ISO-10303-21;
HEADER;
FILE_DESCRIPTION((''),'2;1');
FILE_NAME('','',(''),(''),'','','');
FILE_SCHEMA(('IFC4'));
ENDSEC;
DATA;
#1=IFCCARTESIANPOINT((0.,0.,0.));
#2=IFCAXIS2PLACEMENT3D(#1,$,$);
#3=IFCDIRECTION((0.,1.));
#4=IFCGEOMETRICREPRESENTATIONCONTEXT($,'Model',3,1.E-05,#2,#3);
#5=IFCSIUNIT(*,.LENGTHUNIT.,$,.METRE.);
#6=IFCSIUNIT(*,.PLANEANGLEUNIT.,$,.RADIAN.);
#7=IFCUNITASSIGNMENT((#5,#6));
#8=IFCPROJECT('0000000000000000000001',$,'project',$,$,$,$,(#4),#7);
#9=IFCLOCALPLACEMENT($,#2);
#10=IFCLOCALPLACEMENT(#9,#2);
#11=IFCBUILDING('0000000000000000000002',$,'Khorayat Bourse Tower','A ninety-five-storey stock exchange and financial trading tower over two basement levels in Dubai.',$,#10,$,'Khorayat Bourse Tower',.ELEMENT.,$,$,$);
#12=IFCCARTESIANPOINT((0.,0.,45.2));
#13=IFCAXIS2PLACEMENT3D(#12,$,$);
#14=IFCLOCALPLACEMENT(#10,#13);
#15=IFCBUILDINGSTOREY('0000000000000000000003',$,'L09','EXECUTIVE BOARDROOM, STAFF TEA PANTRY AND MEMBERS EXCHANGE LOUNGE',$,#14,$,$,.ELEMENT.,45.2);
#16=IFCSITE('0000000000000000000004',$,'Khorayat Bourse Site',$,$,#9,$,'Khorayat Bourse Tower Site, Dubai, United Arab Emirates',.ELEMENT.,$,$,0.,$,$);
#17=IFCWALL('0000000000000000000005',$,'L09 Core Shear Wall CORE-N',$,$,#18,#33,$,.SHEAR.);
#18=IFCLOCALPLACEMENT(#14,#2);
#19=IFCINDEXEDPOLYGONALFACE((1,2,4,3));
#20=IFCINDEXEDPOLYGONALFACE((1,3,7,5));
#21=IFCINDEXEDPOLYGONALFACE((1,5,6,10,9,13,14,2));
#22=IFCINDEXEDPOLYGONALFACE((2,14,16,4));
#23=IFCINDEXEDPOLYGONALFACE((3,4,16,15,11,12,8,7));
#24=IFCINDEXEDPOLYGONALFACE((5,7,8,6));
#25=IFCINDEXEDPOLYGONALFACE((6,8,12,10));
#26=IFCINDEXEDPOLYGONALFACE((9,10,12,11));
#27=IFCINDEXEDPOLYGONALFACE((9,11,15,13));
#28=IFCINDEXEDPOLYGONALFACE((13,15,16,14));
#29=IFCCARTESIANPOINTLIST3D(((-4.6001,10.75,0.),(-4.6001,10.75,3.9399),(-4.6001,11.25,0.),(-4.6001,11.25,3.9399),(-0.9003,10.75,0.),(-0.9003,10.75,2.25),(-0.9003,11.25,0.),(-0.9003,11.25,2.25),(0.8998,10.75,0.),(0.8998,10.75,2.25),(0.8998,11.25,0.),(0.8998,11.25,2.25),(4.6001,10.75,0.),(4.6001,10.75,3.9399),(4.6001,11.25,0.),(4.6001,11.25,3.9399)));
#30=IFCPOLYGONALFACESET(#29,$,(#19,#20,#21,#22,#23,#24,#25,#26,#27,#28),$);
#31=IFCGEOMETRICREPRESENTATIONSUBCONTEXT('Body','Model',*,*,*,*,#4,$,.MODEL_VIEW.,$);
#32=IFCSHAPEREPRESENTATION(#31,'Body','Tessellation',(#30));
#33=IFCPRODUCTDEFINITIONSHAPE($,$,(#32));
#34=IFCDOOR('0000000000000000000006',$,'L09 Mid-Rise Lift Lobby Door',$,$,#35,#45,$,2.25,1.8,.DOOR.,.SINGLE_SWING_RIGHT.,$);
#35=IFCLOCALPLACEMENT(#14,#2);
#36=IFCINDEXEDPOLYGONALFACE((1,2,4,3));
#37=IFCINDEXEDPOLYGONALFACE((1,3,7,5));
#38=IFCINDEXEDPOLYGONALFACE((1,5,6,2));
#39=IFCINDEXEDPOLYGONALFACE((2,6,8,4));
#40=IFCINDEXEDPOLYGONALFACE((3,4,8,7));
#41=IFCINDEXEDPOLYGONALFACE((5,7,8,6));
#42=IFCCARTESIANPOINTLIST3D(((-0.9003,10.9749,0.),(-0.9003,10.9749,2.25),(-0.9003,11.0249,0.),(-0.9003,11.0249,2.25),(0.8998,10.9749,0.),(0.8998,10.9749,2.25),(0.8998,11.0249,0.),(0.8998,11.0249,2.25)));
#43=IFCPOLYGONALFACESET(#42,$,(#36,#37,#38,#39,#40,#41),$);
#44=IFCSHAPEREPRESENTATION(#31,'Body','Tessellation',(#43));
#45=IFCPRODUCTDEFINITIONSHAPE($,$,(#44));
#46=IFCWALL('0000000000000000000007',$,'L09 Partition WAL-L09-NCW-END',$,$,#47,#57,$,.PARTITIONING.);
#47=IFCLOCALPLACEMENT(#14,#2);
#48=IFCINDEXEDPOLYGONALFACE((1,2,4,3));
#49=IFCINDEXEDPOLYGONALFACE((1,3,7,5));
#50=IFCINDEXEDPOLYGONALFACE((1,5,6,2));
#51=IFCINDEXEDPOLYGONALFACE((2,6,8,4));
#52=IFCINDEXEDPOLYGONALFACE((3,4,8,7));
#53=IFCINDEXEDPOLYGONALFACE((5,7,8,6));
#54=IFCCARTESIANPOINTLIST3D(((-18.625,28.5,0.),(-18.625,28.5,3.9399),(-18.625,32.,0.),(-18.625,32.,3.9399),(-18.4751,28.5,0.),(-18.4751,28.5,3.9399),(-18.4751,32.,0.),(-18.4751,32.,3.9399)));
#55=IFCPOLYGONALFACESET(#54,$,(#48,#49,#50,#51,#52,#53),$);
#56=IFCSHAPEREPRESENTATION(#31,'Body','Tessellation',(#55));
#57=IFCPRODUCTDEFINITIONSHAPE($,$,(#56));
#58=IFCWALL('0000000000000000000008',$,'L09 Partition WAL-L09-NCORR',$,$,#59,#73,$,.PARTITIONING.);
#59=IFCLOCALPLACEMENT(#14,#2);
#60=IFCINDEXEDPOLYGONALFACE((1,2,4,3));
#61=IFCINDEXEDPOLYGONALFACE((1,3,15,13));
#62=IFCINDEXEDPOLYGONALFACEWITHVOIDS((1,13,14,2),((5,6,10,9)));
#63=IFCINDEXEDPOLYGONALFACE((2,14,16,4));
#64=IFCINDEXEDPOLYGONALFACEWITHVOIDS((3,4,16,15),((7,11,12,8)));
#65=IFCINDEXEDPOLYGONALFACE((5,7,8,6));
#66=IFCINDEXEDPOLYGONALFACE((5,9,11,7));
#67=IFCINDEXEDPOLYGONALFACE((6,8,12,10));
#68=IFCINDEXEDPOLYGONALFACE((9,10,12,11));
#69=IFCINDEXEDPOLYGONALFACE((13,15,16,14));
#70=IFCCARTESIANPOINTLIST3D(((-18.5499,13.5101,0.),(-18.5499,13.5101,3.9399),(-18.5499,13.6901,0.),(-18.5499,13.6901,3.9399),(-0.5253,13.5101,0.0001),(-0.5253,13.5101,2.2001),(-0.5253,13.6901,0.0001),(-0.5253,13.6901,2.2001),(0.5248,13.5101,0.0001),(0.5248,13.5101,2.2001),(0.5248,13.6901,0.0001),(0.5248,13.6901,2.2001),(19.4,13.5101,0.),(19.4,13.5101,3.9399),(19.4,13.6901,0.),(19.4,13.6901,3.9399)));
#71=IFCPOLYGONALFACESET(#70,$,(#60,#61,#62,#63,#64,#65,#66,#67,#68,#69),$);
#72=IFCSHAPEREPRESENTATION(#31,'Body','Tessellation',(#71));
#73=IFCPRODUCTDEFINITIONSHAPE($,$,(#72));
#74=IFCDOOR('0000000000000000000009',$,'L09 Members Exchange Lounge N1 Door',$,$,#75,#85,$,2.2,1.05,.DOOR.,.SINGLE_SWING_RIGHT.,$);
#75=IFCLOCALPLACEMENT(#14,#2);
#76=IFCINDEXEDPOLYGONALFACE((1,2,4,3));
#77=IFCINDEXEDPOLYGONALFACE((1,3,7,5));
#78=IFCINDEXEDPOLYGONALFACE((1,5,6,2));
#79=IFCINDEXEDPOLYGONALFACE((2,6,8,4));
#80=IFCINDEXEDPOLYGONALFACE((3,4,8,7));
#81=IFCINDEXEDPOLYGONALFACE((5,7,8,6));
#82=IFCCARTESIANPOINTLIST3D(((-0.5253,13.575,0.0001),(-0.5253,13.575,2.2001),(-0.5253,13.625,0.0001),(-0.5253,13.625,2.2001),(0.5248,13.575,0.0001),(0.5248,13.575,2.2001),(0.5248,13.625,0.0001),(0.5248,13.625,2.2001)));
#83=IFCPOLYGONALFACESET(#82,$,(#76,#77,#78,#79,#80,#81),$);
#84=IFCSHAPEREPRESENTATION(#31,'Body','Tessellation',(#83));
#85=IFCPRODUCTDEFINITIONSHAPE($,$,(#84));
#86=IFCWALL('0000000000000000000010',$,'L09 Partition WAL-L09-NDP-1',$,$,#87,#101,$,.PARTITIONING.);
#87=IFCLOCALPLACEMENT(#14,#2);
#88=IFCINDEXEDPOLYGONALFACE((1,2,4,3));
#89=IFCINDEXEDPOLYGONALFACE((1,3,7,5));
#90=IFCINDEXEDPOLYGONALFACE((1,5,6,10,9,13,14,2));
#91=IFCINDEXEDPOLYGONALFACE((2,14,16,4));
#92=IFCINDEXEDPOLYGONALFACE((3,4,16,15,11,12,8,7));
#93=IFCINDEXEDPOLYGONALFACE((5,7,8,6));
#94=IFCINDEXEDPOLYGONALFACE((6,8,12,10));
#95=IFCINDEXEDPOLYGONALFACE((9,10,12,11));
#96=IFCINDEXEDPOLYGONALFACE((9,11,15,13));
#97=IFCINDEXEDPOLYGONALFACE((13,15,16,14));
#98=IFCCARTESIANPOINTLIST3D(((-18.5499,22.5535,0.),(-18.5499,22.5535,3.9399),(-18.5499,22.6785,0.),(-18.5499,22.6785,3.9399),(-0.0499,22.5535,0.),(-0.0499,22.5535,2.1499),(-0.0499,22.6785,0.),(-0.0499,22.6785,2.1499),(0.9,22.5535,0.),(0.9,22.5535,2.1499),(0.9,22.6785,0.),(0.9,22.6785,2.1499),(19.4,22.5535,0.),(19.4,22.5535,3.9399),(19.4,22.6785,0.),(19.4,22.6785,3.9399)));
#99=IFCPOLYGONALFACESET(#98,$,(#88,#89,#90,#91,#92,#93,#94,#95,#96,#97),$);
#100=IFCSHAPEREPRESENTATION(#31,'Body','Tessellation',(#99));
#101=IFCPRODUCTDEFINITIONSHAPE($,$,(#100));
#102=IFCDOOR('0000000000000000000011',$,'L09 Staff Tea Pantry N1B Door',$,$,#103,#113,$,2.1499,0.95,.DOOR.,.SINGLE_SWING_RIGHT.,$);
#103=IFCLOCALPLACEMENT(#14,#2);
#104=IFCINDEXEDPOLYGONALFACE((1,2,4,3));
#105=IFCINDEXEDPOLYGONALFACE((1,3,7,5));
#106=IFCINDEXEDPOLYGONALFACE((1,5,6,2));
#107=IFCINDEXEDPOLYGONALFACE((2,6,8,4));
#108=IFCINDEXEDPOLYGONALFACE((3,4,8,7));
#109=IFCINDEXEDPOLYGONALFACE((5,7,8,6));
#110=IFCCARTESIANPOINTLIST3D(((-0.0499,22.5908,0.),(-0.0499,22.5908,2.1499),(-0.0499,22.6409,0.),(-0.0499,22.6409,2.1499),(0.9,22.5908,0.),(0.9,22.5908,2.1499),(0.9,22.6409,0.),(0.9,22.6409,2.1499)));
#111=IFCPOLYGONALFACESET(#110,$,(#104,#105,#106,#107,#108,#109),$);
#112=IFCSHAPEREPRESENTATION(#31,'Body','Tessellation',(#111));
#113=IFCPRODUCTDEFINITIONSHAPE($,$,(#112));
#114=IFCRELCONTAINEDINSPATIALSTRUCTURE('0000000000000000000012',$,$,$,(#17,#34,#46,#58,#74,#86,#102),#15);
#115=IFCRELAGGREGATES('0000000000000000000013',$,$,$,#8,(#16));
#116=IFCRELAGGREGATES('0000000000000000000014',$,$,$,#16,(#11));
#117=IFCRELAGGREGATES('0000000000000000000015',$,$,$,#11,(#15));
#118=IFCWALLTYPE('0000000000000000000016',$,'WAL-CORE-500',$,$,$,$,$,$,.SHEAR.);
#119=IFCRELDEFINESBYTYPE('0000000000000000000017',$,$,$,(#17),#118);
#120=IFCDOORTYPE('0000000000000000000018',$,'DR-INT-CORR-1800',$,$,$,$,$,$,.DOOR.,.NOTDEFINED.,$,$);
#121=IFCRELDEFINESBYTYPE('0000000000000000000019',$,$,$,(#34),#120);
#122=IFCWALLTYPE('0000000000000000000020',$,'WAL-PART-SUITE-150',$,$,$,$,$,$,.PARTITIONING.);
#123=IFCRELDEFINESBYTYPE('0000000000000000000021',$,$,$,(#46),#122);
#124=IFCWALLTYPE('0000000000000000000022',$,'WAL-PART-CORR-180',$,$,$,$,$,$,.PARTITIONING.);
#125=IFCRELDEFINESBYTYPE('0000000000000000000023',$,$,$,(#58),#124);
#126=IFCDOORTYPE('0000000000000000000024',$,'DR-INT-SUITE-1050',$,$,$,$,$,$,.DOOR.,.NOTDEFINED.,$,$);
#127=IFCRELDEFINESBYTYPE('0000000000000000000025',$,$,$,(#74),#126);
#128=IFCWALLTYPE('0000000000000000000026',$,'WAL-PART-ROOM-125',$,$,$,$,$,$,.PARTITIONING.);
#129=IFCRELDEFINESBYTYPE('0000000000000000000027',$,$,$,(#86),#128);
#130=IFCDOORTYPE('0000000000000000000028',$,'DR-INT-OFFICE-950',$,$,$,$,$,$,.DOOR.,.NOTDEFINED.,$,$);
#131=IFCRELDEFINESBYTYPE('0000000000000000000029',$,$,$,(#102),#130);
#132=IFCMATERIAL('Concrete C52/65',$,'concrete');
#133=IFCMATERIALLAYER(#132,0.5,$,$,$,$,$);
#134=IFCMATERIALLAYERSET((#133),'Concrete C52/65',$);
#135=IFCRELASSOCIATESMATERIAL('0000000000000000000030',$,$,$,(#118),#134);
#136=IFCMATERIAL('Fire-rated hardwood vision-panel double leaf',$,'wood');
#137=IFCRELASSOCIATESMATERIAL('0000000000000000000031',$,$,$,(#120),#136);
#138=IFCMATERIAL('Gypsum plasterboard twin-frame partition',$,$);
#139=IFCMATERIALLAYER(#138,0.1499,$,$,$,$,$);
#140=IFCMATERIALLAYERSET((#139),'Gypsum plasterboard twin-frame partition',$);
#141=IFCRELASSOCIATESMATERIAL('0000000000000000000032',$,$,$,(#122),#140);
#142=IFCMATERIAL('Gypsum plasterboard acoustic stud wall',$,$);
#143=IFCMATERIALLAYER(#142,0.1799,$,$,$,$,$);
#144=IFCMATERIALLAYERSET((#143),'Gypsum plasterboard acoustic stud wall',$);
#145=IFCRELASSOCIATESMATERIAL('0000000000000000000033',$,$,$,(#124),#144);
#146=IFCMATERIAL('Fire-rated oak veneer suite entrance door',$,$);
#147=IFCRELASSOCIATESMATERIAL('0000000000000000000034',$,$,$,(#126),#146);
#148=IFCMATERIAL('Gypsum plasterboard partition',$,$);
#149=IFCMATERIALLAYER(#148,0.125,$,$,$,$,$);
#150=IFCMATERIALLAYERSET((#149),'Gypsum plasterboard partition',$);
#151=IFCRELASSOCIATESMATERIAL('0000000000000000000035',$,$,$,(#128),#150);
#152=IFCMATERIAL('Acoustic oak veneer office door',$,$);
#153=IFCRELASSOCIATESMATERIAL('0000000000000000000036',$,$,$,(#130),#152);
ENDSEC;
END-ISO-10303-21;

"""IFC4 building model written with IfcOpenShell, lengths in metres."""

from ifc_helpers import new_model, si_unit, direction, frame, frame_2d, origin, place, context, subcontext, project, spatial, rectangle, extrude, source, transform, mapped, material, layer, layer_set, type_object, element, fill, save


model = new_model("IFC4")

# Units and contexts
model_context = context("Model", 3, precision=1e-05, world=origin(), true_north=direction((0.0, 1.0)))
body_context = subcontext(model_context, "Body", "Model", "MODEL_VIEW")
ifc_project = project(units=[si_unit("LENGTHUNIT", "METRE"), si_unit("PLANEANGLEUNIT", "RADIAN")], contexts=[model_context])

# Site, building, storey
site_placement = place(None, origin())
site = spatial("IfcSite", under=ifc_project, at=site_placement, Name="Khorayat Bourse Site", LongName="Khorayat Bourse Tower Site, Dubai, United Arab Emirates", CompositionType="ELEMENT", RefElevation=0.0)
building_placement = place(site_placement, origin())
building = spatial("IfcBuilding", under=site, at=building_placement, Name="Khorayat Bourse Tower", Description="A ninety-five-storey stock exchange and financial trading tower over two basement levels in Dubai.", LongName="Khorayat Bourse Tower", CompositionType="ELEMENT")
storey_placement = place(building_placement, frame((0.0, 0.0, 45.2)))
storey = spatial("IfcBuildingStorey", under=building, at=storey_placement, Name="L09", Description="EXECUTIVE BOARDROOM, STAFF TEA PANTRY AND MEMBERS EXCHANGE LOUNGE", CompositionType="ELEMENT", Elevation=45.2)

# Wall, opening, door
ifc_material_1 = material(Name="Concrete C52/65", Category="concrete")
ifc_layer_1 = layer(ifc_material_1, 0.5)
ifc_layer_set_1 = layer_set([ifc_layer_1], Name="Concrete C52/65")
wall_type_1 = type_object("IfcWallType", Name="WAL-CORE-500", PredefinedType="SHEAR", material=ifc_layer_set_1)
shared_shape_1 = source(origin(), body_context, "Body", "SweptSolid", [
    extrude(rectangle(XDim=9.2002, YDim=0.5, at=frame_2d((4.6001, 0.0))), origin(), (0.0, 0.0, 1.0), 3.9399),
])
wall_1_placement = place(storey_placement, frame((-4.6001, 11.0, 0.0), z_axis=(0.0, 0.0, 1.0), x_axis=(1.0, 0.0, 0.0)))
wall_1 = element("IfcWall", 1, at=wall_1_placement, inside=storey, type_object=wall_type_1, Name="L09 Core Shear Wall CORE-N", PredefinedType="SHEAR", context=body_context, shape_type="MappedRepresentation", body=[
    mapped(shared_shape_1, transform((0.0, 0.0, 0.0), scale=1.0)),
])
shared_shape_2 = source(origin(), body_context, "Body", "SweptSolid", [
    extrude(rectangle(XDim=1.8, YDim=2.25, at=frame_2d((0.8999, 1.125))), frame((0.0, 0.26, 0.0), z_axis=(0.0, -1.0, 0.0), x_axis=(1.0, 0.0, 0.0)), (0.0, 0.0, 1.0), 0.52),
])
opening_1_placement = place(wall_1_placement, frame((3.7, 0.0, 0.0)))
opening_1 = element("IfcOpeningElement", 2, at=opening_1_placement, cuts=wall_1, PredefinedType="OPENING", context=body_context, shape_type="MappedRepresentation", body=[
    mapped(shared_shape_2, transform((0.0, 0.0, 0.0), scale=1.0)),
])
ifc_material_2 = material(Name="Fire-rated hardwood vision-panel double leaf", Category="wood")
door_type_1 = type_object("IfcDoorType", Name="DR-INT-CORR-1800", OperationType="NOTDEFINED", PredefinedType="DOOR", material=ifc_material_2)
shared_shape_3 = source(origin(), body_context, "Body", "SweptSolid", [
    extrude(rectangle(XDim=1.8, YDim=2.25, at=frame_2d((0.8999, 1.125))), frame((0.0, 0.0249, 0.0), z_axis=(0.0, -1.0, 0.0), x_axis=(1.0, 0.0, 0.0)), (0.0, 0.0, 1.0), 0.05),
])
door_1_placement = place(opening_1_placement, origin())
door_1 = element("IfcDoor", 3, at=door_1_placement, inside=storey, type_object=door_type_1, Name="L09 Mid-Rise Lift Lobby Door", OperationType="SINGLE_SWING_RIGHT", OverallHeight=2.25, OverallWidth=1.8, PredefinedType="DOOR", context=body_context, shape_type="MappedRepresentation", body=[
    mapped(shared_shape_3, transform((0.0, 0.0, 0.0), scale=1.0)),
])
fill(opening_1, door_1)

# Wall
ifc_material_3 = material(Name="Gypsum plasterboard twin-frame partition")
ifc_layer_2 = layer(ifc_material_3, 0.1499)
ifc_layer_set_2 = layer_set([ifc_layer_2], Name="Gypsum plasterboard twin-frame partition")
wall_type_2 = type_object("IfcWallType", Name="WAL-PART-SUITE-150", PredefinedType="PARTITIONING", material=ifc_layer_set_2)
shared_shape_4 = source(origin(), body_context, "Body", "SweptSolid", [
    extrude(rectangle(XDim=3.5, YDim=0.1499, at=frame_2d((1.75, 0.0))), origin(), (0.0, 0.0, 1.0), 3.9399),
])
wall_2_placement = place(storey_placement, frame((-18.55, 28.5, 0.0), z_axis=(0.0, 0.0, 1.0), x_axis=(0.0, 1.0, 0.0)))
element("IfcWall", 4, at=wall_2_placement, inside=storey, type_object=wall_type_2, Name="L09 Partition WAL-L09-NCW-END", PredefinedType="PARTITIONING", context=body_context, shape_type="MappedRepresentation", body=[
    mapped(shared_shape_4, transform((0.0, 0.0, 0.0), scale=1.0)),
])

# Walls, openings, doors
ifc_material_4 = material(Name="Gypsum plasterboard acoustic stud wall")
ifc_layer_3 = layer(ifc_material_4, 0.1799)
ifc_layer_set_3 = layer_set([ifc_layer_3], Name="Gypsum plasterboard acoustic stud wall")
wall_type_3 = type_object("IfcWallType", Name="WAL-PART-CORR-180", PredefinedType="PARTITIONING", material=ifc_layer_set_3)
shared_shape_5 = source(origin(), body_context, "Body", "SweptSolid", [
    extrude(rectangle(XDim=37.95, YDim=0.1799, at=frame_2d((18.9751, 0.0))), origin(), (0.0, 0.0, 1.0), 3.9399),
])
wall_3_placement = place(storey_placement, frame((-18.55, 13.6001, 0.0), z_axis=(0.0, 0.0, 1.0), x_axis=(1.0, 0.0, 0.0)))
wall_3 = element("IfcWall", 5, at=wall_3_placement, inside=storey, type_object=wall_type_3, Name="L09 Partition WAL-L09-NCORR", PredefinedType="PARTITIONING", context=body_context, shape_type="MappedRepresentation", body=[
    mapped(shared_shape_5, transform((0.0, 0.0, 0.0), scale=1.0)),
])
shared_shape_6 = source(origin(), body_context, "Body", "SweptSolid", [
    extrude(rectangle(XDim=1.05, YDim=2.2, at=frame_2d((0.5249, 1.1001))), frame((0.0, 0.0999, 0.0), z_axis=(0.0, -1.0, 0.0), x_axis=(1.0, 0.0, 0.0)), (0.0, 0.0, 1.0), 0.2),
])
opening_2_placement = place(wall_3_placement, frame((18.0249, 0.0, 0.0)))
opening_2 = element("IfcOpeningElement", 6, at=opening_2_placement, cuts=wall_3, PredefinedType="OPENING", context=body_context, shape_type="MappedRepresentation", body=[
    mapped(shared_shape_6, transform((0.0, 0.0, 0.0), scale=1.0)),
])
ifc_material_5 = material(Name="Fire-rated oak veneer suite entrance door")
door_type_2 = type_object("IfcDoorType", Name="DR-INT-SUITE-1050", OperationType="NOTDEFINED", PredefinedType="DOOR", material=ifc_material_5)
shared_shape_7 = source(origin(), body_context, "Body", "SweptSolid", [
    extrude(rectangle(XDim=1.05, YDim=2.2, at=frame_2d((0.5249, 1.1001))), frame((0.0, 0.0249, 0.0), z_axis=(0.0, -1.0, 0.0), x_axis=(1.0, 0.0, 0.0)), (0.0, 0.0, 1.0), 0.05),
])
door_2_placement = place(opening_2_placement, origin())
door_2 = element("IfcDoor", 7, at=door_2_placement, inside=storey, type_object=door_type_2, Name="L09 Members Exchange Lounge N1 Door", OperationType="SINGLE_SWING_RIGHT", OverallHeight=2.2, OverallWidth=1.05, PredefinedType="DOOR", context=body_context, shape_type="MappedRepresentation", body=[
    mapped(shared_shape_7, transform((0.0, 0.0, 0.0), scale=1.0)),
])
fill(opening_2, door_2)
ifc_material_6 = material(Name="Gypsum plasterboard partition")
ifc_layer_4 = layer(ifc_material_6, 0.125)
ifc_layer_set_4 = layer_set([ifc_layer_4], Name="Gypsum plasterboard partition")
wall_type_4 = type_object("IfcWallType", Name="WAL-PART-ROOM-125", PredefinedType="PARTITIONING", material=ifc_layer_set_4)
shared_shape_8 = source(origin(), body_context, "Body", "SweptSolid", [
    extrude(rectangle(XDim=37.95, YDim=0.125, at=frame_2d((18.9751, 0.0))), origin(), (0.0, 0.0, 1.0), 3.9399),
])
wall_4_placement = place(storey_placement, frame((-18.55, 22.616, 0.0), z_axis=(0.0, 0.0, 1.0), x_axis=(1.0, 0.0, 0.0)))
wall_4 = element("IfcWall", 8, at=wall_4_placement, inside=storey, type_object=wall_type_4, Name="L09 Partition WAL-L09-NDP-1", PredefinedType="PARTITIONING", context=body_context, shape_type="MappedRepresentation", body=[
    mapped(shared_shape_8, transform((0.0, 0.0, 0.0), scale=1.0)),
])
shared_shape_9 = source(origin(), body_context, "Body", "SweptSolid", [
    extrude(rectangle(XDim=0.95, YDim=2.1499, at=frame_2d((0.4751, 1.075))), frame((0.0, 0.0725, 0.0), z_axis=(0.0, -1.0, 0.0), x_axis=(1.0, 0.0, 0.0)), (0.0, 0.0, 1.0), 0.145),
])
opening_3_placement = place(wall_4_placement, frame((18.5, 0.0, 0.0)))
opening_3 = element("IfcOpeningElement", 9, at=opening_3_placement, cuts=wall_4, PredefinedType="OPENING", context=body_context, shape_type="MappedRepresentation", body=[
    mapped(shared_shape_9, transform((0.0, 0.0, 0.0), scale=1.0)),
])
ifc_material_7 = material(Name="Acoustic oak veneer office door")
door_type_3 = type_object("IfcDoorType", Name="DR-INT-OFFICE-950", OperationType="NOTDEFINED", PredefinedType="DOOR", material=ifc_material_7)
shared_shape_10 = source(origin(), body_context, "Body", "SweptSolid", [
    extrude(rectangle(XDim=0.95, YDim=2.1499, at=frame_2d((0.4751, 1.075))), frame((0.0, 0.0249, 0.0), z_axis=(0.0, -1.0, 0.0), x_axis=(1.0, 0.0, 0.0)), (0.0, 0.0, 1.0), 0.05),
])
door_3_placement = place(opening_3_placement, origin())
door_3 = element("IfcDoor", 10, at=door_3_placement, inside=storey, type_object=door_type_3, Name="L09 Staff Tea Pantry N1B Door", OperationType="SINGLE_SWING_RIGHT", OverallHeight=2.1499, OverallWidth=0.95, PredefinedType="DOOR", context=body_context, shape_type="MappedRepresentation", body=[
    mapped(shared_shape_10, transform((0.0, 0.0, 0.0), scale=1.0)),
])
fill(opening_3, door_3)

save(model, "model.ifc")
